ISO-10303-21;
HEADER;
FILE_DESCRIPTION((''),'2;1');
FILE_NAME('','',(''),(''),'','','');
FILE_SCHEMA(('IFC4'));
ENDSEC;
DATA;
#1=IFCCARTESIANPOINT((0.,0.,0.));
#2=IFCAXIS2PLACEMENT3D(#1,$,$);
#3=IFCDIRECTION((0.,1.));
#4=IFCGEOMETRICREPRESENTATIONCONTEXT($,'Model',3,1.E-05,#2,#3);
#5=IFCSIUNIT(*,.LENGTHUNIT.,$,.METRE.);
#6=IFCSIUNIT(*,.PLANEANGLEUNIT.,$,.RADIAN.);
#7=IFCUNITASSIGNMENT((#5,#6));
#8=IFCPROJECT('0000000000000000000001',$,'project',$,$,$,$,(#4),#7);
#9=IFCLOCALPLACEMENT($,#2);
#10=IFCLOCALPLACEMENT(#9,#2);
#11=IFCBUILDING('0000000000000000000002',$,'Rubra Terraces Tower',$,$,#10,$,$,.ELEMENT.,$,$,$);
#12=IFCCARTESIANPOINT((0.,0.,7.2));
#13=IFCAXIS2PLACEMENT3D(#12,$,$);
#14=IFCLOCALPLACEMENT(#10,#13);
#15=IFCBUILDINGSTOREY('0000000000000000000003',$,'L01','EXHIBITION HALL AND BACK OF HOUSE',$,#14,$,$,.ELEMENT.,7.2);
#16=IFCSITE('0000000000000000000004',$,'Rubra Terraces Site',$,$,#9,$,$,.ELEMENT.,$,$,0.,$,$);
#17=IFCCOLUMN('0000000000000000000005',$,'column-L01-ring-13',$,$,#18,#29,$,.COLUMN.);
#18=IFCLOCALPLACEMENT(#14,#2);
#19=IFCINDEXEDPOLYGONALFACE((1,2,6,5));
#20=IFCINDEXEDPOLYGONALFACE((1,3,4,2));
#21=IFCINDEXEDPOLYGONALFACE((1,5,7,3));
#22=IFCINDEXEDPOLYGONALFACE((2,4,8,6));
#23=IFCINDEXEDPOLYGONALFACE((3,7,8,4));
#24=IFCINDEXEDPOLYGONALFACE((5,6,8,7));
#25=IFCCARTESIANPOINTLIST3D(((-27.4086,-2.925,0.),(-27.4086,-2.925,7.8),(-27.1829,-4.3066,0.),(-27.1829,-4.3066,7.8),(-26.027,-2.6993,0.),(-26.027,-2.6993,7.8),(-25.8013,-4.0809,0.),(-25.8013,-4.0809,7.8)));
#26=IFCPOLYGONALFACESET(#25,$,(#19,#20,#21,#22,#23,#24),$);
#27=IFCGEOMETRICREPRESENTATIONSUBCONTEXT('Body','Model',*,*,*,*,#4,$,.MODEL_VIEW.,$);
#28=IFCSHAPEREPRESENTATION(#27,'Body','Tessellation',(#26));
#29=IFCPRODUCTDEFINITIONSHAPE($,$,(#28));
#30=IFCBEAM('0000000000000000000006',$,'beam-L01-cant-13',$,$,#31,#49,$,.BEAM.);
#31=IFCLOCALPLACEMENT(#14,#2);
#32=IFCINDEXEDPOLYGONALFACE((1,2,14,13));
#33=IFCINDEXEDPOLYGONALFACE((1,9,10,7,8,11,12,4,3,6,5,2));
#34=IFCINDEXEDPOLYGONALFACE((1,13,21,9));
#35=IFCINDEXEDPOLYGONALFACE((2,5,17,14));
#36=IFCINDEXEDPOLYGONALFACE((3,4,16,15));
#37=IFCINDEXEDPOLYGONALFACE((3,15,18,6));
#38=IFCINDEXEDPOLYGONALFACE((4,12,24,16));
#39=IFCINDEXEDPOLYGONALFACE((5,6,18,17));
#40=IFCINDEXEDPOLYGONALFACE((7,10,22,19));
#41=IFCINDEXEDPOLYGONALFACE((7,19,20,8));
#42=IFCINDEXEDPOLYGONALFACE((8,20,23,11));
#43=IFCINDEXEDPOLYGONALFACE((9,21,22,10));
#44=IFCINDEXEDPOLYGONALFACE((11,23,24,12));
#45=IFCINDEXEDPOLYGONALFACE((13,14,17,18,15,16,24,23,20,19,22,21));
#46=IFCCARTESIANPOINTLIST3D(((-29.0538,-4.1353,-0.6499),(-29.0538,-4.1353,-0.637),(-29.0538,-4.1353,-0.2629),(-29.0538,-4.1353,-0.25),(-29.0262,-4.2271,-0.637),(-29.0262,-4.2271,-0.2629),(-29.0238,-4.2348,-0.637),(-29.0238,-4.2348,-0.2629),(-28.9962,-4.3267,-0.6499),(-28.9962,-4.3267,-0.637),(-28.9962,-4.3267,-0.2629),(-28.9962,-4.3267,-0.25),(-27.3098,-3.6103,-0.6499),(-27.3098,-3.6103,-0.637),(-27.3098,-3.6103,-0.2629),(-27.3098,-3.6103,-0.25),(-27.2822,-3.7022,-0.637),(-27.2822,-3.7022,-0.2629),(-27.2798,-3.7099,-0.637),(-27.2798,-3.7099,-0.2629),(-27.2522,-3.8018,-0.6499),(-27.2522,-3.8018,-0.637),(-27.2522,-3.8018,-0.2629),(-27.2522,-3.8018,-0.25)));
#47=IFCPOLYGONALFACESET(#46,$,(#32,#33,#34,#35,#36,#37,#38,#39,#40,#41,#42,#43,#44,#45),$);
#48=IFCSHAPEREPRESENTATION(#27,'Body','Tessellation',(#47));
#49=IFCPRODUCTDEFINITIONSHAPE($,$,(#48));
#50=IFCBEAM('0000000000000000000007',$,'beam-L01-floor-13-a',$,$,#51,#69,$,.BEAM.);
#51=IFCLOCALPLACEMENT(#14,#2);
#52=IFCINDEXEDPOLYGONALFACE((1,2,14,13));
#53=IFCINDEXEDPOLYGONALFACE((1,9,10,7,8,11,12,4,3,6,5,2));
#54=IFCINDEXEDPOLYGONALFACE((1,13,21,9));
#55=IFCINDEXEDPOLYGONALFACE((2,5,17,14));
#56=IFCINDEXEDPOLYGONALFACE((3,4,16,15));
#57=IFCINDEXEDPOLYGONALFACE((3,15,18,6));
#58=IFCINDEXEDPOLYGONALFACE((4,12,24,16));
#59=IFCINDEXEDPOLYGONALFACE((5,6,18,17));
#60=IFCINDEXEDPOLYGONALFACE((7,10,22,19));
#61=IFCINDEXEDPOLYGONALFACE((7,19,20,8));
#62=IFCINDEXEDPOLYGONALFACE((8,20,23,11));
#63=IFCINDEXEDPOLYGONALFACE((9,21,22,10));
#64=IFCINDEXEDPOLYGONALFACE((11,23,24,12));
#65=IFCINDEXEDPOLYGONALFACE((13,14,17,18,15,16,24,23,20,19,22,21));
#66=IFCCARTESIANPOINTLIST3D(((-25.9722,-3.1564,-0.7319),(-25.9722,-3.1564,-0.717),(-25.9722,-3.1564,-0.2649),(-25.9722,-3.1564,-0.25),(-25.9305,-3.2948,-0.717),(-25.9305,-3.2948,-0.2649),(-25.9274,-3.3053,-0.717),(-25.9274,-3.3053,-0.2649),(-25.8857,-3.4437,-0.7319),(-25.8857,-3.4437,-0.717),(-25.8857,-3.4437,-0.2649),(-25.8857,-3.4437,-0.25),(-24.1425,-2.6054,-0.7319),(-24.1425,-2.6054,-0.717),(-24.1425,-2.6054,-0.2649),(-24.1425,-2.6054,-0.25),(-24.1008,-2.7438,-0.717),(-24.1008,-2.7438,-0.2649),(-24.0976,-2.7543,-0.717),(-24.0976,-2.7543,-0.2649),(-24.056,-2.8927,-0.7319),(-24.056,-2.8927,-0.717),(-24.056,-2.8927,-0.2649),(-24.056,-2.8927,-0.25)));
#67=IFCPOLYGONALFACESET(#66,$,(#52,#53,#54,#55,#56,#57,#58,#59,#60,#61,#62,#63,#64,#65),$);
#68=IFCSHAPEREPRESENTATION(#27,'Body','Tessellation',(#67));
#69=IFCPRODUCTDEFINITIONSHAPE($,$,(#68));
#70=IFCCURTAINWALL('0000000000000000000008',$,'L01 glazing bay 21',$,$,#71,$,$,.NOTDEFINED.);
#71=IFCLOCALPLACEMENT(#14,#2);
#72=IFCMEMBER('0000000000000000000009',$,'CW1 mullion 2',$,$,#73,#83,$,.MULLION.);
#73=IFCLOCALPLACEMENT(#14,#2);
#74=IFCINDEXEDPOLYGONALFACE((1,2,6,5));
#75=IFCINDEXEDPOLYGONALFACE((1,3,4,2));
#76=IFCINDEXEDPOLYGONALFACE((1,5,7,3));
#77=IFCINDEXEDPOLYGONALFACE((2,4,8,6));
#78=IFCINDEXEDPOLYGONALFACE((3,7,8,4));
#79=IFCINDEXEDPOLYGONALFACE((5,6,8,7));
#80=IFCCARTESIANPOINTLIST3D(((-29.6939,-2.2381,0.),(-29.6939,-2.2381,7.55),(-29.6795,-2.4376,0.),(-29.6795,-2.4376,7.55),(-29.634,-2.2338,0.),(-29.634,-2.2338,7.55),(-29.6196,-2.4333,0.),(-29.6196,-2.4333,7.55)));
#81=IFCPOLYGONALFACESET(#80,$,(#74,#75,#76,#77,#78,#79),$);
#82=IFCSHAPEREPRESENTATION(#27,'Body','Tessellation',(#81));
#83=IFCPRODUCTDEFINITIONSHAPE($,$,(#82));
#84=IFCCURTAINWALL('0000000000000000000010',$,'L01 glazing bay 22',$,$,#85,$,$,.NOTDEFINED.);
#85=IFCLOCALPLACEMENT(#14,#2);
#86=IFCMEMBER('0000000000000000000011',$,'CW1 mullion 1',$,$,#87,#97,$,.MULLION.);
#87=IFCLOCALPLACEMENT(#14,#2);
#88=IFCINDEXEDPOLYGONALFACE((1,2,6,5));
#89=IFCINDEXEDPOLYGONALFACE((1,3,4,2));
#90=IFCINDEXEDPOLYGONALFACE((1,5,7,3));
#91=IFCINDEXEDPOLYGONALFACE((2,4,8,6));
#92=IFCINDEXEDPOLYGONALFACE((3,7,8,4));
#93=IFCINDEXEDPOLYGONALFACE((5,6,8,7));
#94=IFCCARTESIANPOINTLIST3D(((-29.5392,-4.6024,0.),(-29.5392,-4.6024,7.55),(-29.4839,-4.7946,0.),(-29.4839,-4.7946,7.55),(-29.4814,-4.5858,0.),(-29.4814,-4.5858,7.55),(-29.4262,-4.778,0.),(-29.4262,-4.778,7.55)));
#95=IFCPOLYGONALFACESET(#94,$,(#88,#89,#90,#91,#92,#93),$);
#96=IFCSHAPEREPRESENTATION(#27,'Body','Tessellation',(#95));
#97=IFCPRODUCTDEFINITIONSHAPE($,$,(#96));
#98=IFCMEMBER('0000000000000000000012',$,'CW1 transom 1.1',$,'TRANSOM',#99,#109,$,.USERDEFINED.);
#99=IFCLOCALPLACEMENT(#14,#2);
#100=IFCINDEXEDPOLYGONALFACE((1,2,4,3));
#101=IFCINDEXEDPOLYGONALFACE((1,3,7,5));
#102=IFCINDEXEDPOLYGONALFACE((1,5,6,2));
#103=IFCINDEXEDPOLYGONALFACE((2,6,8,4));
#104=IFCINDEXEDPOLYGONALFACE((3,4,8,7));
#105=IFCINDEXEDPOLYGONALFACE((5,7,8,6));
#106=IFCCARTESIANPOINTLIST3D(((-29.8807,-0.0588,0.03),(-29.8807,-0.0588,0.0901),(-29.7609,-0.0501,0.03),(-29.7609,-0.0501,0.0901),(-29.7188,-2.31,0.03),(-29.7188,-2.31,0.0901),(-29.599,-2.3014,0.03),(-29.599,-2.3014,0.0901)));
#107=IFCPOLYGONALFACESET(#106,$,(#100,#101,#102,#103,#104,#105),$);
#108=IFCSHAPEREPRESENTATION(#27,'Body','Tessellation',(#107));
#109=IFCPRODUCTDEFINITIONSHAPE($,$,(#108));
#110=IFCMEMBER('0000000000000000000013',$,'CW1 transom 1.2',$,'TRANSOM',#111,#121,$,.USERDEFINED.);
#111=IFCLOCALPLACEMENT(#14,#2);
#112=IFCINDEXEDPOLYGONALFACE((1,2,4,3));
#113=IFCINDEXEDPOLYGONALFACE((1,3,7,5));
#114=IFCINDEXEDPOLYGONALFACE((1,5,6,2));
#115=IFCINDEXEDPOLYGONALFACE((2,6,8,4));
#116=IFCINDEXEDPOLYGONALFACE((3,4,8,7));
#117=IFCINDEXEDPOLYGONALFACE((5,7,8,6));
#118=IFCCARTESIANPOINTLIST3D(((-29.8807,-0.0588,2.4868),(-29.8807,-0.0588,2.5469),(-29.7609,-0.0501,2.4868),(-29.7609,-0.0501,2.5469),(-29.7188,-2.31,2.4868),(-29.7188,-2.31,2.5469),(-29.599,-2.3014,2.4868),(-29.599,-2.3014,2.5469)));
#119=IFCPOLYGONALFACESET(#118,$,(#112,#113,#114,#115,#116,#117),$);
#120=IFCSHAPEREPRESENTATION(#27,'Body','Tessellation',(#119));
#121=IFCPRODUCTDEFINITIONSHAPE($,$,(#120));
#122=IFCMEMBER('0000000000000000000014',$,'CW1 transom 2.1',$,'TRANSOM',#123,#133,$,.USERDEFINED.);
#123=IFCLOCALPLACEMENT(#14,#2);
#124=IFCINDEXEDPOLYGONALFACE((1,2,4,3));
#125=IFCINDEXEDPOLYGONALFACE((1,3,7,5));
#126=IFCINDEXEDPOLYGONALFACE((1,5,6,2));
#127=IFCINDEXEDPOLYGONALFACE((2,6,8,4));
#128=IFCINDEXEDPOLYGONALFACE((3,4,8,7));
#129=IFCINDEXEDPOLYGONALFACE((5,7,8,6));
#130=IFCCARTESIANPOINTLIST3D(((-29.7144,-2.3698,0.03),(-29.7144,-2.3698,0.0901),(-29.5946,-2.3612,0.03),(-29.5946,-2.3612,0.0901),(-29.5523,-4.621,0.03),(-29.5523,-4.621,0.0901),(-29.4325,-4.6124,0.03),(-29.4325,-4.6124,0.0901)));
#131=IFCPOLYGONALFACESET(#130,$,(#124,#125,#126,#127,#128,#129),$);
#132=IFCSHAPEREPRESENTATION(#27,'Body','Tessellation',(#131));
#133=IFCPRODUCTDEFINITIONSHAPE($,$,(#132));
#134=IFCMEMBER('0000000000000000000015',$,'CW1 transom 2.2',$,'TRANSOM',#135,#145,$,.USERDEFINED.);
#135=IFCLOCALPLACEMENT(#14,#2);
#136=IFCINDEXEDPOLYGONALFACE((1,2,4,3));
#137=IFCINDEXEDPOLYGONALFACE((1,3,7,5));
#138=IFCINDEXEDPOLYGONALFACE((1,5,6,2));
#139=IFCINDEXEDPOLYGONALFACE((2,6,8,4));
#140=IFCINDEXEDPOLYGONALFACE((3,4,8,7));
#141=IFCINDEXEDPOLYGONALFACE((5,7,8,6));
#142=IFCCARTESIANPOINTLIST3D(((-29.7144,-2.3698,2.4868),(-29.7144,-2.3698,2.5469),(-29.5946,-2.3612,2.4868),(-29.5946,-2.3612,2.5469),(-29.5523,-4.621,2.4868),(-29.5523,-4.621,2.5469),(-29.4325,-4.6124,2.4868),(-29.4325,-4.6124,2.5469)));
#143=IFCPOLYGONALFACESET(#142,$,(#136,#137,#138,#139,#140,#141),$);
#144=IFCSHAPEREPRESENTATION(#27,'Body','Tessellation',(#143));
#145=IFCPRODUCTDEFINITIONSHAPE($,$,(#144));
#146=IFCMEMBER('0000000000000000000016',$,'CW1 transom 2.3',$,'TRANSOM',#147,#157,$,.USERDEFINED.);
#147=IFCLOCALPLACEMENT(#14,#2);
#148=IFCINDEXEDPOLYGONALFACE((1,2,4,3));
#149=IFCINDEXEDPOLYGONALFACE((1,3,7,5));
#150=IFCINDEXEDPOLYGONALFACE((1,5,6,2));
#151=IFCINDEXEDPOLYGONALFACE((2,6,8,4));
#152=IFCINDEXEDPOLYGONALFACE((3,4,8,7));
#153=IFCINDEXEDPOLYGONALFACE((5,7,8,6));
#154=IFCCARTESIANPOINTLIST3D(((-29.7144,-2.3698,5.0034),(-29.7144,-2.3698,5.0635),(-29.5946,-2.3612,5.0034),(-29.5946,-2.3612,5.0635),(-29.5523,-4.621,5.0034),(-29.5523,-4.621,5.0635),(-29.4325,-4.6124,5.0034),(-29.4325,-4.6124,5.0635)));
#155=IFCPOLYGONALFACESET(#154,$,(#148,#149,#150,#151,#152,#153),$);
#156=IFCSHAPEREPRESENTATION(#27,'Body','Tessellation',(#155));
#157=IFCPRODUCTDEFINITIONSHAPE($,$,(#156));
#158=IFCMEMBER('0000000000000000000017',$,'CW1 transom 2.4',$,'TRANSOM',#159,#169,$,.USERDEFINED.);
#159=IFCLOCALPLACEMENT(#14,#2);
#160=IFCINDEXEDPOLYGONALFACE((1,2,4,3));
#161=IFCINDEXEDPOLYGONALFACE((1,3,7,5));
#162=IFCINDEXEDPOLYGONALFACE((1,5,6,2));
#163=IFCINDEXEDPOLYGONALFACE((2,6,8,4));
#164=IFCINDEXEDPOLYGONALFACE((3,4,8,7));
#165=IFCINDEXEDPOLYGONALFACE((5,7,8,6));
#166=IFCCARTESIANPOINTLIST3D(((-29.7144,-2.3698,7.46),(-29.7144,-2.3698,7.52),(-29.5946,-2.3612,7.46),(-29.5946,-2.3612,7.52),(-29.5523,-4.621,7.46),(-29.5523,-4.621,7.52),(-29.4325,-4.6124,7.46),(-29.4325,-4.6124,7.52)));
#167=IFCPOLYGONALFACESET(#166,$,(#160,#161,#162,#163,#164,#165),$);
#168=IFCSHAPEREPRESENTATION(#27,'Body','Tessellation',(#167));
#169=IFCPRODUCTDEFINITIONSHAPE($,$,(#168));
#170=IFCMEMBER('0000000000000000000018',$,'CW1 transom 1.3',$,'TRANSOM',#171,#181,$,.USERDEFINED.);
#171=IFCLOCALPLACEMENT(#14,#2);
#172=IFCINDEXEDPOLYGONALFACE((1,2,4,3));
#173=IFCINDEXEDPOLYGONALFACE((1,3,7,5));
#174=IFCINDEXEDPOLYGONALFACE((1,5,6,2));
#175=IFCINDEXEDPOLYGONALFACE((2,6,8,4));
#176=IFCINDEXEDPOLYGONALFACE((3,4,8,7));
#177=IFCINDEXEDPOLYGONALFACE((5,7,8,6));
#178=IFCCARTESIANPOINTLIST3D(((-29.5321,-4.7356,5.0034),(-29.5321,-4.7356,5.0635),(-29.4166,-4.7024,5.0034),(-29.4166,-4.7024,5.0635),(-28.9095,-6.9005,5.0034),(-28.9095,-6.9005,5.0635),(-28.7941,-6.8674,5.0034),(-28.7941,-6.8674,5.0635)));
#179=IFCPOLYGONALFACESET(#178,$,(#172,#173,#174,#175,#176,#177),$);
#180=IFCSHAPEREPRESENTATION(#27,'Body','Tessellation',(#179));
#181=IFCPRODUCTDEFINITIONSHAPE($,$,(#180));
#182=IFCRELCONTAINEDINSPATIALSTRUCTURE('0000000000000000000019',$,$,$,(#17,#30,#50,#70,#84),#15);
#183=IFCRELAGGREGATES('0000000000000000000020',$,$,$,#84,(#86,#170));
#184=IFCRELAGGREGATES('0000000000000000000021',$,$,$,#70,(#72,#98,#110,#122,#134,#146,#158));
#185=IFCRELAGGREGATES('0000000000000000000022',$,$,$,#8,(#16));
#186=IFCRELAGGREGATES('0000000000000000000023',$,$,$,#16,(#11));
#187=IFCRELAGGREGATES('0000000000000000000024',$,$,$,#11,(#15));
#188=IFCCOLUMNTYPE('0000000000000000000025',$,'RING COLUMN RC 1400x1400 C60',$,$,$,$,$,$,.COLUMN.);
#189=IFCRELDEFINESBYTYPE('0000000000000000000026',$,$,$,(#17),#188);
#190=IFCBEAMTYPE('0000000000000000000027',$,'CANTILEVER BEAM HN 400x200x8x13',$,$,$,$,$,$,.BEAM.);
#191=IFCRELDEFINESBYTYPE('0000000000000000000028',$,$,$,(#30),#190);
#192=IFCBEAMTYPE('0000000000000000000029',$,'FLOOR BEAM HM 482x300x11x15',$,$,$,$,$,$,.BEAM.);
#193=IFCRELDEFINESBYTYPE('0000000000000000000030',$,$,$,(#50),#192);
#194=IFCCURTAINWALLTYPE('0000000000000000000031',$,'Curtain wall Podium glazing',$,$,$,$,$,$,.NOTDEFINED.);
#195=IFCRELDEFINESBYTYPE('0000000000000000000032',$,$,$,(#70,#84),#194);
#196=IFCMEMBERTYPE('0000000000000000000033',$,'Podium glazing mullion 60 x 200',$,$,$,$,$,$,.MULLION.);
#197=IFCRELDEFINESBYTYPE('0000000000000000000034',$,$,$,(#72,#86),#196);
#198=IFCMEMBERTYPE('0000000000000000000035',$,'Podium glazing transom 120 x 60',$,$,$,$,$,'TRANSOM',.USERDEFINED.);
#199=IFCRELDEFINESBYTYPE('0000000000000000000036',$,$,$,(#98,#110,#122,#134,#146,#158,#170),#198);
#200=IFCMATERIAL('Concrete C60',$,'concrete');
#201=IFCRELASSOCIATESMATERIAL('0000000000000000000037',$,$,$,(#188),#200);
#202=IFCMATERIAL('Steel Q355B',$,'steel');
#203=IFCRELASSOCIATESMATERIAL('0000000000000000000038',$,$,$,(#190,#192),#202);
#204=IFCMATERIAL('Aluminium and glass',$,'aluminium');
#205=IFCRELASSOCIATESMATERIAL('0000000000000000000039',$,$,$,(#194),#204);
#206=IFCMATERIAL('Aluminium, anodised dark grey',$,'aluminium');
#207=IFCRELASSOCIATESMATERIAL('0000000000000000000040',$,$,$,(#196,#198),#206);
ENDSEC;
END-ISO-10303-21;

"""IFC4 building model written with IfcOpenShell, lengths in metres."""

from ifc_helpers import new_model, si_unit, direction, frame, origin, origin_2d, place, context, subcontext, project, spatial, rectangle, i_section, extrude, material, material_profile, profile_set, type_object, element, aggregate, save


model = new_model("IFC4")

# Units and contexts
model_context = context("Model", 3, precision=1e-05, world=origin(), true_north=direction((0.0, 1.0)))
body_context = subcontext(model_context, "Body", "Model", "MODEL_VIEW")
ifc_project = project(units=[si_unit("LENGTHUNIT", "METRE"), si_unit("PLANEANGLEUNIT", "RADIAN")], contexts=[model_context])

# Site, building, storey
site_placement = place(None, origin())
site = spatial("IfcSite", under=ifc_project, at=site_placement, Name="Rubra Terraces Site", CompositionType="ELEMENT", RefElevation=0.0)
building_placement = place(site_placement, origin())
building = spatial("IfcBuilding", under=site, at=building_placement, Name="Rubra Terraces Tower", CompositionType="ELEMENT")
storey_placement = place(building_placement, frame((0.0, 0.0, 7.2)))
storey = spatial("IfcBuildingStorey", under=building, at=storey_placement, Name="L01", Description="EXHIBITION HALL AND BACK OF HOUSE", CompositionType="ELEMENT", Elevation=7.2)

# Column
ifc_material_1 = material(Name="Concrete C60", Category="concrete")
ifc_material_profile_1 = material_profile(ifc_material_1, rectangle(XDim=1.3999, YDim=1.3999, at=origin_2d()), Name="RC 1400x1400")
ifc_profile_set_1 = profile_set([ifc_material_profile_1], Name="Concrete C60")
column_type = type_object("IfcColumnType", Name="RING COLUMN RC 1400x1400 C60", PredefinedType="COLUMN", material=ifc_profile_set_1)
column_placement = place(storey_placement, frame((-26.605, -3.5029, 0.0), z_axis=(0.0, 0.0, 1.0), x_axis=(0.161234, -0.986916, 0.0)))
element("IfcColumn", 1, at=column_placement, inside=storey, type_object=column_type, Name="column-L01-ring-13", PredefinedType="COLUMN", context=body_context, shape_type="SweptSolid", body=[
    extrude(rectangle(XDim=1.3999, YDim=1.3999, at=origin_2d()), origin(), (0.0, 0.0, 1.0), 7.8),
])

# Beams
ifc_material_2 = material(Name="Steel Q355B", Category="steel")
ifc_material_profile_2 = material_profile(ifc_material_2, i_section(OverallWidth=0.2, OverallDepth=0.3999, WebThickness=0.0081, FlangeThickness=0.0129, at=origin_2d()), Name="HN 400x200x8x13")
ifc_profile_set_2 = profile_set([ifc_material_profile_2], Name="Steel Q355B")
beam_type_1 = type_object("IfcBeamType", Name="CANTILEVER BEAM HN 400x200x8x13", PredefinedType="BEAM", material=ifc_profile_set_2)
beam_1_placement = place(storey_placement, frame((-27.281, -3.7061, -0.45), z_axis=(-0.957564, -0.288221, 0.0), x_axis=(0.288221, -0.957564, 0.0)))
element("IfcBeam", 2, at=beam_1_placement, inside=storey, type_object=beam_type_1, Name="beam-L01-cant-13", PredefinedType="BEAM", context=body_context, shape_type="SweptSolid", body=[
    extrude(i_section(OverallWidth=0.2, OverallDepth=0.3999, WebThickness=0.0081, FlangeThickness=0.0129, at=origin_2d()), origin(), (0.0, 0.0, 1.0), 1.8213),
])
ifc_material_profile_3 = material_profile(ifc_material_2, i_section(OverallWidth=0.3, OverallDepth=0.4819, WebThickness=0.011, FlangeThickness=0.0149, at=origin_2d()), Name="HM 482x300x11x15")
ifc_profile_set_3 = profile_set([ifc_material_profile_3], Name="Steel Q355B")
beam_type_2 = type_object("IfcBeamType", Name="FLOOR BEAM HM 482x300x11x15", PredefinedType="BEAM", material=ifc_profile_set_3)
beam_2_placement = place(storey_placement, frame((-25.929, -3.3, -0.491), z_axis=(0.957527, 0.288344, 0.0), x_axis=(-0.288344, 0.957527, 0.0)))
element("IfcBeam", 3, at=beam_2_placement, inside=storey, type_object=beam_type_2, Name="beam-L01-floor-13-a", PredefinedType="BEAM", context=body_context, shape_type="SweptSolid", body=[
    extrude(i_section(OverallWidth=0.3, OverallDepth=0.4819, WebThickness=0.011, FlangeThickness=0.0149, at=origin_2d()), origin(), (0.0, 0.0, 1.0), 1.9109),
])

# Curtain walls, members
ifc_material_3 = material(Name="Aluminium and glass", Category="aluminium")
curtain_wall_type = type_object("IfcCurtainWallType", Name="Curtain wall Podium glazing", PredefinedType="NOTDEFINED", material=ifc_material_3)
curtain_wall_1_placement = place(storey_placement, origin())
curtain_wall_1 = element("IfcCurtainWall", 4, at=curtain_wall_1_placement, inside=storey, type_object=curtain_wall_type, Name="L01 glazing bay 21", PredefinedType="NOTDEFINED")
ifc_material_4 = material(Name="Aluminium, anodised dark grey", Category="aluminium")
ifc_material_profile_4 = material_profile(ifc_material_4, rectangle(XDim=0.0601, YDim=0.2, at=origin_2d()), Name="AL 60x200")
ifc_profile_set_4 = profile_set([ifc_material_profile_4], Name="Aluminium, anodised dark grey")
member_type_1 = type_object("IfcMemberType", Name="Podium glazing mullion 60 x 200", PredefinedType="MULLION", material=ifc_profile_set_4)
member_1_placement = place(storey_placement, frame((-29.6567, -2.3357, 0.0), z_axis=(0.0, 0.0, 1.0), x_axis=(0.99742, 0.071792, 0.0)))
member_1 = element("IfcMember", 5, at=member_1_placement, type_object=member_type_1, Name="CW1 mullion 2", PredefinedType="MULLION", context=body_context, shape_type="SweptSolid", body=[
    extrude(rectangle(XDim=0.0601, YDim=0.2, at=origin_2d()), origin(), (0.0, 0.0, 1.0), 7.55),
])
curtain_wall_2_placement = place(storey_placement, origin())
curtain_wall_2 = element("IfcCurtainWall", 6, at=curtain_wall_2_placement, inside=storey, type_object=curtain_wall_type, Name="L01 glazing bay 22", PredefinedType="NOTDEFINED")
member_2_placement = place(storey_placement, frame((-29.4827, -4.6902, 0.0), z_axis=(0.0, 0.0, 1.0), x_axis=(0.961047, 0.276384, 0.0)))
member_2 = element("IfcMember", 7, at=member_2_placement, type_object=member_type_1, Name="CW1 mullion 1", PredefinedType="MULLION", context=body_context, shape_type="SweptSolid", body=[
    extrude(rectangle(XDim=0.0601, YDim=0.2, at=origin_2d()), origin(), (0.0, 0.0, 1.0), 7.55),
])

# Members
ifc_material_profile_5 = material_profile(ifc_material_4, rectangle(XDim=0.1201, YDim=0.0601, at=origin_2d()), Name="AL 120x60")
ifc_profile_set_5 = profile_set([ifc_material_profile_5], Name="Aluminium, anodised dark grey")
member_type_2 = type_object("IfcMemberType", Name="Podium glazing transom 120 x 60", ElementType="TRANSOM", PredefinedType="USERDEFINED", material=ifc_profile_set_5)
member_3_placement = place(storey_placement, frame((-29.8208, -0.0544, 0.0601), z_axis=(0.071716, -0.997425, 0.0), x_axis=(0.997425, 0.071716, 0.0)))
member_3 = element("IfcMember", 8, at=member_3_placement, type_object=member_type_2, Name="CW1 transom 1.1", ObjectType="TRANSOM", PredefinedType="USERDEFINED", context=body_context, shape_type="SweptSolid", body=[
    extrude(rectangle(XDim=0.1201, YDim=0.0601, at=origin_2d()), origin(), (0.0, 0.0, 1.0), 2.2571),
])
member_4_placement = place(storey_placement, frame((-29.8208, -0.0544, 2.5168), z_axis=(0.071716, -0.997425, 0.0), x_axis=(0.997425, 0.071716, 0.0)))
member_4 = element("IfcMember", 9, at=member_4_placement, type_object=member_type_2, Name="CW1 transom 1.2", ObjectType="TRANSOM", PredefinedType="USERDEFINED", context=body_context, shape_type="SweptSolid", body=[
    extrude(rectangle(XDim=0.1201, YDim=0.0601, at=origin_2d()), origin(), (0.0, 0.0, 1.0), 2.2571),
])
member_5_placement = place(storey_placement, frame((-29.6545, -2.3655, 0.0601), z_axis=(0.071824, -0.997417, 0.0), x_axis=(0.997417, 0.071824, 0.0)))
member_5 = element("IfcMember", 10, at=member_5_placement, type_object=member_type_2, Name="CW1 transom 2.1", ObjectType="TRANSOM", PredefinedType="USERDEFINED", context=body_context, shape_type="SweptSolid", body=[
    extrude(rectangle(XDim=0.1201, YDim=0.0601, at=origin_2d()), origin(), (0.0, 0.0, 1.0), 2.2571),
])
member_6_placement = place(storey_placement, frame((-29.6545, -2.3655, 2.5168), z_axis=(0.071824, -0.997417, 0.0), x_axis=(0.997417, 0.071824, 0.0)))
member_6 = element("IfcMember", 11, at=member_6_placement, type_object=member_type_2, Name="CW1 transom 2.2", ObjectType="TRANSOM", PredefinedType="USERDEFINED", context=body_context, shape_type="SweptSolid", body=[
    extrude(rectangle(XDim=0.1201, YDim=0.0601, at=origin_2d()), origin(), (0.0, 0.0, 1.0), 2.2571),
])
member_7_placement = place(storey_placement, frame((-29.6545, -2.3655, 5.0334), z_axis=(0.071824, -0.997417, 0.0), x_axis=(0.997417, 0.071824, 0.0)))
member_7 = element("IfcMember", 12, at=member_7_placement, type_object=member_type_2, Name="CW1 transom 2.3", ObjectType="TRANSOM", PredefinedType="USERDEFINED", context=body_context, shape_type="SweptSolid", body=[
    extrude(rectangle(XDim=0.1201, YDim=0.0601, at=origin_2d()), origin(), (0.0, 0.0, 1.0), 2.2571),
])
member_8_placement = place(storey_placement, frame((-29.6545, -2.3655, 7.49), z_axis=(0.071824, -0.997417, 0.0), x_axis=(0.997417, 0.071824, 0.0)))
member_8 = element("IfcMember", 13, at=member_8_placement, type_object=member_type_2, Name="CW1 transom 2.4", ObjectType="TRANSOM", PredefinedType="USERDEFINED", context=body_context, shape_type="SweptSolid", body=[
    extrude(rectangle(XDim=0.1201, YDim=0.0601, at=origin_2d()), origin(), (0.0, 0.0, 1.0), 2.2571),
])
member_9_placement = place(storey_placement, frame((-29.4744, -4.719, 5.0334), z_axis=(0.276352, -0.961056, 0.0), x_axis=(0.961056, 0.276352, 0.0)))
member_9 = element("IfcMember", 14, at=member_9_placement, type_object=member_type_2, Name="CW1 transom 1.3", ObjectType="TRANSOM", PredefinedType="USERDEFINED", context=body_context, shape_type="SweptSolid", body=[
    extrude(rectangle(XDim=0.1201, YDim=0.0601, at=origin_2d()), origin(), (0.0, 0.0, 1.0), 2.2527),
])
aggregate(curtain_wall_2, [member_2, member_9])

aggregate(curtain_wall_1, [member_1, member_3, member_4, member_5, member_6, member_7, member_8])

save(model, "model.ifc")
